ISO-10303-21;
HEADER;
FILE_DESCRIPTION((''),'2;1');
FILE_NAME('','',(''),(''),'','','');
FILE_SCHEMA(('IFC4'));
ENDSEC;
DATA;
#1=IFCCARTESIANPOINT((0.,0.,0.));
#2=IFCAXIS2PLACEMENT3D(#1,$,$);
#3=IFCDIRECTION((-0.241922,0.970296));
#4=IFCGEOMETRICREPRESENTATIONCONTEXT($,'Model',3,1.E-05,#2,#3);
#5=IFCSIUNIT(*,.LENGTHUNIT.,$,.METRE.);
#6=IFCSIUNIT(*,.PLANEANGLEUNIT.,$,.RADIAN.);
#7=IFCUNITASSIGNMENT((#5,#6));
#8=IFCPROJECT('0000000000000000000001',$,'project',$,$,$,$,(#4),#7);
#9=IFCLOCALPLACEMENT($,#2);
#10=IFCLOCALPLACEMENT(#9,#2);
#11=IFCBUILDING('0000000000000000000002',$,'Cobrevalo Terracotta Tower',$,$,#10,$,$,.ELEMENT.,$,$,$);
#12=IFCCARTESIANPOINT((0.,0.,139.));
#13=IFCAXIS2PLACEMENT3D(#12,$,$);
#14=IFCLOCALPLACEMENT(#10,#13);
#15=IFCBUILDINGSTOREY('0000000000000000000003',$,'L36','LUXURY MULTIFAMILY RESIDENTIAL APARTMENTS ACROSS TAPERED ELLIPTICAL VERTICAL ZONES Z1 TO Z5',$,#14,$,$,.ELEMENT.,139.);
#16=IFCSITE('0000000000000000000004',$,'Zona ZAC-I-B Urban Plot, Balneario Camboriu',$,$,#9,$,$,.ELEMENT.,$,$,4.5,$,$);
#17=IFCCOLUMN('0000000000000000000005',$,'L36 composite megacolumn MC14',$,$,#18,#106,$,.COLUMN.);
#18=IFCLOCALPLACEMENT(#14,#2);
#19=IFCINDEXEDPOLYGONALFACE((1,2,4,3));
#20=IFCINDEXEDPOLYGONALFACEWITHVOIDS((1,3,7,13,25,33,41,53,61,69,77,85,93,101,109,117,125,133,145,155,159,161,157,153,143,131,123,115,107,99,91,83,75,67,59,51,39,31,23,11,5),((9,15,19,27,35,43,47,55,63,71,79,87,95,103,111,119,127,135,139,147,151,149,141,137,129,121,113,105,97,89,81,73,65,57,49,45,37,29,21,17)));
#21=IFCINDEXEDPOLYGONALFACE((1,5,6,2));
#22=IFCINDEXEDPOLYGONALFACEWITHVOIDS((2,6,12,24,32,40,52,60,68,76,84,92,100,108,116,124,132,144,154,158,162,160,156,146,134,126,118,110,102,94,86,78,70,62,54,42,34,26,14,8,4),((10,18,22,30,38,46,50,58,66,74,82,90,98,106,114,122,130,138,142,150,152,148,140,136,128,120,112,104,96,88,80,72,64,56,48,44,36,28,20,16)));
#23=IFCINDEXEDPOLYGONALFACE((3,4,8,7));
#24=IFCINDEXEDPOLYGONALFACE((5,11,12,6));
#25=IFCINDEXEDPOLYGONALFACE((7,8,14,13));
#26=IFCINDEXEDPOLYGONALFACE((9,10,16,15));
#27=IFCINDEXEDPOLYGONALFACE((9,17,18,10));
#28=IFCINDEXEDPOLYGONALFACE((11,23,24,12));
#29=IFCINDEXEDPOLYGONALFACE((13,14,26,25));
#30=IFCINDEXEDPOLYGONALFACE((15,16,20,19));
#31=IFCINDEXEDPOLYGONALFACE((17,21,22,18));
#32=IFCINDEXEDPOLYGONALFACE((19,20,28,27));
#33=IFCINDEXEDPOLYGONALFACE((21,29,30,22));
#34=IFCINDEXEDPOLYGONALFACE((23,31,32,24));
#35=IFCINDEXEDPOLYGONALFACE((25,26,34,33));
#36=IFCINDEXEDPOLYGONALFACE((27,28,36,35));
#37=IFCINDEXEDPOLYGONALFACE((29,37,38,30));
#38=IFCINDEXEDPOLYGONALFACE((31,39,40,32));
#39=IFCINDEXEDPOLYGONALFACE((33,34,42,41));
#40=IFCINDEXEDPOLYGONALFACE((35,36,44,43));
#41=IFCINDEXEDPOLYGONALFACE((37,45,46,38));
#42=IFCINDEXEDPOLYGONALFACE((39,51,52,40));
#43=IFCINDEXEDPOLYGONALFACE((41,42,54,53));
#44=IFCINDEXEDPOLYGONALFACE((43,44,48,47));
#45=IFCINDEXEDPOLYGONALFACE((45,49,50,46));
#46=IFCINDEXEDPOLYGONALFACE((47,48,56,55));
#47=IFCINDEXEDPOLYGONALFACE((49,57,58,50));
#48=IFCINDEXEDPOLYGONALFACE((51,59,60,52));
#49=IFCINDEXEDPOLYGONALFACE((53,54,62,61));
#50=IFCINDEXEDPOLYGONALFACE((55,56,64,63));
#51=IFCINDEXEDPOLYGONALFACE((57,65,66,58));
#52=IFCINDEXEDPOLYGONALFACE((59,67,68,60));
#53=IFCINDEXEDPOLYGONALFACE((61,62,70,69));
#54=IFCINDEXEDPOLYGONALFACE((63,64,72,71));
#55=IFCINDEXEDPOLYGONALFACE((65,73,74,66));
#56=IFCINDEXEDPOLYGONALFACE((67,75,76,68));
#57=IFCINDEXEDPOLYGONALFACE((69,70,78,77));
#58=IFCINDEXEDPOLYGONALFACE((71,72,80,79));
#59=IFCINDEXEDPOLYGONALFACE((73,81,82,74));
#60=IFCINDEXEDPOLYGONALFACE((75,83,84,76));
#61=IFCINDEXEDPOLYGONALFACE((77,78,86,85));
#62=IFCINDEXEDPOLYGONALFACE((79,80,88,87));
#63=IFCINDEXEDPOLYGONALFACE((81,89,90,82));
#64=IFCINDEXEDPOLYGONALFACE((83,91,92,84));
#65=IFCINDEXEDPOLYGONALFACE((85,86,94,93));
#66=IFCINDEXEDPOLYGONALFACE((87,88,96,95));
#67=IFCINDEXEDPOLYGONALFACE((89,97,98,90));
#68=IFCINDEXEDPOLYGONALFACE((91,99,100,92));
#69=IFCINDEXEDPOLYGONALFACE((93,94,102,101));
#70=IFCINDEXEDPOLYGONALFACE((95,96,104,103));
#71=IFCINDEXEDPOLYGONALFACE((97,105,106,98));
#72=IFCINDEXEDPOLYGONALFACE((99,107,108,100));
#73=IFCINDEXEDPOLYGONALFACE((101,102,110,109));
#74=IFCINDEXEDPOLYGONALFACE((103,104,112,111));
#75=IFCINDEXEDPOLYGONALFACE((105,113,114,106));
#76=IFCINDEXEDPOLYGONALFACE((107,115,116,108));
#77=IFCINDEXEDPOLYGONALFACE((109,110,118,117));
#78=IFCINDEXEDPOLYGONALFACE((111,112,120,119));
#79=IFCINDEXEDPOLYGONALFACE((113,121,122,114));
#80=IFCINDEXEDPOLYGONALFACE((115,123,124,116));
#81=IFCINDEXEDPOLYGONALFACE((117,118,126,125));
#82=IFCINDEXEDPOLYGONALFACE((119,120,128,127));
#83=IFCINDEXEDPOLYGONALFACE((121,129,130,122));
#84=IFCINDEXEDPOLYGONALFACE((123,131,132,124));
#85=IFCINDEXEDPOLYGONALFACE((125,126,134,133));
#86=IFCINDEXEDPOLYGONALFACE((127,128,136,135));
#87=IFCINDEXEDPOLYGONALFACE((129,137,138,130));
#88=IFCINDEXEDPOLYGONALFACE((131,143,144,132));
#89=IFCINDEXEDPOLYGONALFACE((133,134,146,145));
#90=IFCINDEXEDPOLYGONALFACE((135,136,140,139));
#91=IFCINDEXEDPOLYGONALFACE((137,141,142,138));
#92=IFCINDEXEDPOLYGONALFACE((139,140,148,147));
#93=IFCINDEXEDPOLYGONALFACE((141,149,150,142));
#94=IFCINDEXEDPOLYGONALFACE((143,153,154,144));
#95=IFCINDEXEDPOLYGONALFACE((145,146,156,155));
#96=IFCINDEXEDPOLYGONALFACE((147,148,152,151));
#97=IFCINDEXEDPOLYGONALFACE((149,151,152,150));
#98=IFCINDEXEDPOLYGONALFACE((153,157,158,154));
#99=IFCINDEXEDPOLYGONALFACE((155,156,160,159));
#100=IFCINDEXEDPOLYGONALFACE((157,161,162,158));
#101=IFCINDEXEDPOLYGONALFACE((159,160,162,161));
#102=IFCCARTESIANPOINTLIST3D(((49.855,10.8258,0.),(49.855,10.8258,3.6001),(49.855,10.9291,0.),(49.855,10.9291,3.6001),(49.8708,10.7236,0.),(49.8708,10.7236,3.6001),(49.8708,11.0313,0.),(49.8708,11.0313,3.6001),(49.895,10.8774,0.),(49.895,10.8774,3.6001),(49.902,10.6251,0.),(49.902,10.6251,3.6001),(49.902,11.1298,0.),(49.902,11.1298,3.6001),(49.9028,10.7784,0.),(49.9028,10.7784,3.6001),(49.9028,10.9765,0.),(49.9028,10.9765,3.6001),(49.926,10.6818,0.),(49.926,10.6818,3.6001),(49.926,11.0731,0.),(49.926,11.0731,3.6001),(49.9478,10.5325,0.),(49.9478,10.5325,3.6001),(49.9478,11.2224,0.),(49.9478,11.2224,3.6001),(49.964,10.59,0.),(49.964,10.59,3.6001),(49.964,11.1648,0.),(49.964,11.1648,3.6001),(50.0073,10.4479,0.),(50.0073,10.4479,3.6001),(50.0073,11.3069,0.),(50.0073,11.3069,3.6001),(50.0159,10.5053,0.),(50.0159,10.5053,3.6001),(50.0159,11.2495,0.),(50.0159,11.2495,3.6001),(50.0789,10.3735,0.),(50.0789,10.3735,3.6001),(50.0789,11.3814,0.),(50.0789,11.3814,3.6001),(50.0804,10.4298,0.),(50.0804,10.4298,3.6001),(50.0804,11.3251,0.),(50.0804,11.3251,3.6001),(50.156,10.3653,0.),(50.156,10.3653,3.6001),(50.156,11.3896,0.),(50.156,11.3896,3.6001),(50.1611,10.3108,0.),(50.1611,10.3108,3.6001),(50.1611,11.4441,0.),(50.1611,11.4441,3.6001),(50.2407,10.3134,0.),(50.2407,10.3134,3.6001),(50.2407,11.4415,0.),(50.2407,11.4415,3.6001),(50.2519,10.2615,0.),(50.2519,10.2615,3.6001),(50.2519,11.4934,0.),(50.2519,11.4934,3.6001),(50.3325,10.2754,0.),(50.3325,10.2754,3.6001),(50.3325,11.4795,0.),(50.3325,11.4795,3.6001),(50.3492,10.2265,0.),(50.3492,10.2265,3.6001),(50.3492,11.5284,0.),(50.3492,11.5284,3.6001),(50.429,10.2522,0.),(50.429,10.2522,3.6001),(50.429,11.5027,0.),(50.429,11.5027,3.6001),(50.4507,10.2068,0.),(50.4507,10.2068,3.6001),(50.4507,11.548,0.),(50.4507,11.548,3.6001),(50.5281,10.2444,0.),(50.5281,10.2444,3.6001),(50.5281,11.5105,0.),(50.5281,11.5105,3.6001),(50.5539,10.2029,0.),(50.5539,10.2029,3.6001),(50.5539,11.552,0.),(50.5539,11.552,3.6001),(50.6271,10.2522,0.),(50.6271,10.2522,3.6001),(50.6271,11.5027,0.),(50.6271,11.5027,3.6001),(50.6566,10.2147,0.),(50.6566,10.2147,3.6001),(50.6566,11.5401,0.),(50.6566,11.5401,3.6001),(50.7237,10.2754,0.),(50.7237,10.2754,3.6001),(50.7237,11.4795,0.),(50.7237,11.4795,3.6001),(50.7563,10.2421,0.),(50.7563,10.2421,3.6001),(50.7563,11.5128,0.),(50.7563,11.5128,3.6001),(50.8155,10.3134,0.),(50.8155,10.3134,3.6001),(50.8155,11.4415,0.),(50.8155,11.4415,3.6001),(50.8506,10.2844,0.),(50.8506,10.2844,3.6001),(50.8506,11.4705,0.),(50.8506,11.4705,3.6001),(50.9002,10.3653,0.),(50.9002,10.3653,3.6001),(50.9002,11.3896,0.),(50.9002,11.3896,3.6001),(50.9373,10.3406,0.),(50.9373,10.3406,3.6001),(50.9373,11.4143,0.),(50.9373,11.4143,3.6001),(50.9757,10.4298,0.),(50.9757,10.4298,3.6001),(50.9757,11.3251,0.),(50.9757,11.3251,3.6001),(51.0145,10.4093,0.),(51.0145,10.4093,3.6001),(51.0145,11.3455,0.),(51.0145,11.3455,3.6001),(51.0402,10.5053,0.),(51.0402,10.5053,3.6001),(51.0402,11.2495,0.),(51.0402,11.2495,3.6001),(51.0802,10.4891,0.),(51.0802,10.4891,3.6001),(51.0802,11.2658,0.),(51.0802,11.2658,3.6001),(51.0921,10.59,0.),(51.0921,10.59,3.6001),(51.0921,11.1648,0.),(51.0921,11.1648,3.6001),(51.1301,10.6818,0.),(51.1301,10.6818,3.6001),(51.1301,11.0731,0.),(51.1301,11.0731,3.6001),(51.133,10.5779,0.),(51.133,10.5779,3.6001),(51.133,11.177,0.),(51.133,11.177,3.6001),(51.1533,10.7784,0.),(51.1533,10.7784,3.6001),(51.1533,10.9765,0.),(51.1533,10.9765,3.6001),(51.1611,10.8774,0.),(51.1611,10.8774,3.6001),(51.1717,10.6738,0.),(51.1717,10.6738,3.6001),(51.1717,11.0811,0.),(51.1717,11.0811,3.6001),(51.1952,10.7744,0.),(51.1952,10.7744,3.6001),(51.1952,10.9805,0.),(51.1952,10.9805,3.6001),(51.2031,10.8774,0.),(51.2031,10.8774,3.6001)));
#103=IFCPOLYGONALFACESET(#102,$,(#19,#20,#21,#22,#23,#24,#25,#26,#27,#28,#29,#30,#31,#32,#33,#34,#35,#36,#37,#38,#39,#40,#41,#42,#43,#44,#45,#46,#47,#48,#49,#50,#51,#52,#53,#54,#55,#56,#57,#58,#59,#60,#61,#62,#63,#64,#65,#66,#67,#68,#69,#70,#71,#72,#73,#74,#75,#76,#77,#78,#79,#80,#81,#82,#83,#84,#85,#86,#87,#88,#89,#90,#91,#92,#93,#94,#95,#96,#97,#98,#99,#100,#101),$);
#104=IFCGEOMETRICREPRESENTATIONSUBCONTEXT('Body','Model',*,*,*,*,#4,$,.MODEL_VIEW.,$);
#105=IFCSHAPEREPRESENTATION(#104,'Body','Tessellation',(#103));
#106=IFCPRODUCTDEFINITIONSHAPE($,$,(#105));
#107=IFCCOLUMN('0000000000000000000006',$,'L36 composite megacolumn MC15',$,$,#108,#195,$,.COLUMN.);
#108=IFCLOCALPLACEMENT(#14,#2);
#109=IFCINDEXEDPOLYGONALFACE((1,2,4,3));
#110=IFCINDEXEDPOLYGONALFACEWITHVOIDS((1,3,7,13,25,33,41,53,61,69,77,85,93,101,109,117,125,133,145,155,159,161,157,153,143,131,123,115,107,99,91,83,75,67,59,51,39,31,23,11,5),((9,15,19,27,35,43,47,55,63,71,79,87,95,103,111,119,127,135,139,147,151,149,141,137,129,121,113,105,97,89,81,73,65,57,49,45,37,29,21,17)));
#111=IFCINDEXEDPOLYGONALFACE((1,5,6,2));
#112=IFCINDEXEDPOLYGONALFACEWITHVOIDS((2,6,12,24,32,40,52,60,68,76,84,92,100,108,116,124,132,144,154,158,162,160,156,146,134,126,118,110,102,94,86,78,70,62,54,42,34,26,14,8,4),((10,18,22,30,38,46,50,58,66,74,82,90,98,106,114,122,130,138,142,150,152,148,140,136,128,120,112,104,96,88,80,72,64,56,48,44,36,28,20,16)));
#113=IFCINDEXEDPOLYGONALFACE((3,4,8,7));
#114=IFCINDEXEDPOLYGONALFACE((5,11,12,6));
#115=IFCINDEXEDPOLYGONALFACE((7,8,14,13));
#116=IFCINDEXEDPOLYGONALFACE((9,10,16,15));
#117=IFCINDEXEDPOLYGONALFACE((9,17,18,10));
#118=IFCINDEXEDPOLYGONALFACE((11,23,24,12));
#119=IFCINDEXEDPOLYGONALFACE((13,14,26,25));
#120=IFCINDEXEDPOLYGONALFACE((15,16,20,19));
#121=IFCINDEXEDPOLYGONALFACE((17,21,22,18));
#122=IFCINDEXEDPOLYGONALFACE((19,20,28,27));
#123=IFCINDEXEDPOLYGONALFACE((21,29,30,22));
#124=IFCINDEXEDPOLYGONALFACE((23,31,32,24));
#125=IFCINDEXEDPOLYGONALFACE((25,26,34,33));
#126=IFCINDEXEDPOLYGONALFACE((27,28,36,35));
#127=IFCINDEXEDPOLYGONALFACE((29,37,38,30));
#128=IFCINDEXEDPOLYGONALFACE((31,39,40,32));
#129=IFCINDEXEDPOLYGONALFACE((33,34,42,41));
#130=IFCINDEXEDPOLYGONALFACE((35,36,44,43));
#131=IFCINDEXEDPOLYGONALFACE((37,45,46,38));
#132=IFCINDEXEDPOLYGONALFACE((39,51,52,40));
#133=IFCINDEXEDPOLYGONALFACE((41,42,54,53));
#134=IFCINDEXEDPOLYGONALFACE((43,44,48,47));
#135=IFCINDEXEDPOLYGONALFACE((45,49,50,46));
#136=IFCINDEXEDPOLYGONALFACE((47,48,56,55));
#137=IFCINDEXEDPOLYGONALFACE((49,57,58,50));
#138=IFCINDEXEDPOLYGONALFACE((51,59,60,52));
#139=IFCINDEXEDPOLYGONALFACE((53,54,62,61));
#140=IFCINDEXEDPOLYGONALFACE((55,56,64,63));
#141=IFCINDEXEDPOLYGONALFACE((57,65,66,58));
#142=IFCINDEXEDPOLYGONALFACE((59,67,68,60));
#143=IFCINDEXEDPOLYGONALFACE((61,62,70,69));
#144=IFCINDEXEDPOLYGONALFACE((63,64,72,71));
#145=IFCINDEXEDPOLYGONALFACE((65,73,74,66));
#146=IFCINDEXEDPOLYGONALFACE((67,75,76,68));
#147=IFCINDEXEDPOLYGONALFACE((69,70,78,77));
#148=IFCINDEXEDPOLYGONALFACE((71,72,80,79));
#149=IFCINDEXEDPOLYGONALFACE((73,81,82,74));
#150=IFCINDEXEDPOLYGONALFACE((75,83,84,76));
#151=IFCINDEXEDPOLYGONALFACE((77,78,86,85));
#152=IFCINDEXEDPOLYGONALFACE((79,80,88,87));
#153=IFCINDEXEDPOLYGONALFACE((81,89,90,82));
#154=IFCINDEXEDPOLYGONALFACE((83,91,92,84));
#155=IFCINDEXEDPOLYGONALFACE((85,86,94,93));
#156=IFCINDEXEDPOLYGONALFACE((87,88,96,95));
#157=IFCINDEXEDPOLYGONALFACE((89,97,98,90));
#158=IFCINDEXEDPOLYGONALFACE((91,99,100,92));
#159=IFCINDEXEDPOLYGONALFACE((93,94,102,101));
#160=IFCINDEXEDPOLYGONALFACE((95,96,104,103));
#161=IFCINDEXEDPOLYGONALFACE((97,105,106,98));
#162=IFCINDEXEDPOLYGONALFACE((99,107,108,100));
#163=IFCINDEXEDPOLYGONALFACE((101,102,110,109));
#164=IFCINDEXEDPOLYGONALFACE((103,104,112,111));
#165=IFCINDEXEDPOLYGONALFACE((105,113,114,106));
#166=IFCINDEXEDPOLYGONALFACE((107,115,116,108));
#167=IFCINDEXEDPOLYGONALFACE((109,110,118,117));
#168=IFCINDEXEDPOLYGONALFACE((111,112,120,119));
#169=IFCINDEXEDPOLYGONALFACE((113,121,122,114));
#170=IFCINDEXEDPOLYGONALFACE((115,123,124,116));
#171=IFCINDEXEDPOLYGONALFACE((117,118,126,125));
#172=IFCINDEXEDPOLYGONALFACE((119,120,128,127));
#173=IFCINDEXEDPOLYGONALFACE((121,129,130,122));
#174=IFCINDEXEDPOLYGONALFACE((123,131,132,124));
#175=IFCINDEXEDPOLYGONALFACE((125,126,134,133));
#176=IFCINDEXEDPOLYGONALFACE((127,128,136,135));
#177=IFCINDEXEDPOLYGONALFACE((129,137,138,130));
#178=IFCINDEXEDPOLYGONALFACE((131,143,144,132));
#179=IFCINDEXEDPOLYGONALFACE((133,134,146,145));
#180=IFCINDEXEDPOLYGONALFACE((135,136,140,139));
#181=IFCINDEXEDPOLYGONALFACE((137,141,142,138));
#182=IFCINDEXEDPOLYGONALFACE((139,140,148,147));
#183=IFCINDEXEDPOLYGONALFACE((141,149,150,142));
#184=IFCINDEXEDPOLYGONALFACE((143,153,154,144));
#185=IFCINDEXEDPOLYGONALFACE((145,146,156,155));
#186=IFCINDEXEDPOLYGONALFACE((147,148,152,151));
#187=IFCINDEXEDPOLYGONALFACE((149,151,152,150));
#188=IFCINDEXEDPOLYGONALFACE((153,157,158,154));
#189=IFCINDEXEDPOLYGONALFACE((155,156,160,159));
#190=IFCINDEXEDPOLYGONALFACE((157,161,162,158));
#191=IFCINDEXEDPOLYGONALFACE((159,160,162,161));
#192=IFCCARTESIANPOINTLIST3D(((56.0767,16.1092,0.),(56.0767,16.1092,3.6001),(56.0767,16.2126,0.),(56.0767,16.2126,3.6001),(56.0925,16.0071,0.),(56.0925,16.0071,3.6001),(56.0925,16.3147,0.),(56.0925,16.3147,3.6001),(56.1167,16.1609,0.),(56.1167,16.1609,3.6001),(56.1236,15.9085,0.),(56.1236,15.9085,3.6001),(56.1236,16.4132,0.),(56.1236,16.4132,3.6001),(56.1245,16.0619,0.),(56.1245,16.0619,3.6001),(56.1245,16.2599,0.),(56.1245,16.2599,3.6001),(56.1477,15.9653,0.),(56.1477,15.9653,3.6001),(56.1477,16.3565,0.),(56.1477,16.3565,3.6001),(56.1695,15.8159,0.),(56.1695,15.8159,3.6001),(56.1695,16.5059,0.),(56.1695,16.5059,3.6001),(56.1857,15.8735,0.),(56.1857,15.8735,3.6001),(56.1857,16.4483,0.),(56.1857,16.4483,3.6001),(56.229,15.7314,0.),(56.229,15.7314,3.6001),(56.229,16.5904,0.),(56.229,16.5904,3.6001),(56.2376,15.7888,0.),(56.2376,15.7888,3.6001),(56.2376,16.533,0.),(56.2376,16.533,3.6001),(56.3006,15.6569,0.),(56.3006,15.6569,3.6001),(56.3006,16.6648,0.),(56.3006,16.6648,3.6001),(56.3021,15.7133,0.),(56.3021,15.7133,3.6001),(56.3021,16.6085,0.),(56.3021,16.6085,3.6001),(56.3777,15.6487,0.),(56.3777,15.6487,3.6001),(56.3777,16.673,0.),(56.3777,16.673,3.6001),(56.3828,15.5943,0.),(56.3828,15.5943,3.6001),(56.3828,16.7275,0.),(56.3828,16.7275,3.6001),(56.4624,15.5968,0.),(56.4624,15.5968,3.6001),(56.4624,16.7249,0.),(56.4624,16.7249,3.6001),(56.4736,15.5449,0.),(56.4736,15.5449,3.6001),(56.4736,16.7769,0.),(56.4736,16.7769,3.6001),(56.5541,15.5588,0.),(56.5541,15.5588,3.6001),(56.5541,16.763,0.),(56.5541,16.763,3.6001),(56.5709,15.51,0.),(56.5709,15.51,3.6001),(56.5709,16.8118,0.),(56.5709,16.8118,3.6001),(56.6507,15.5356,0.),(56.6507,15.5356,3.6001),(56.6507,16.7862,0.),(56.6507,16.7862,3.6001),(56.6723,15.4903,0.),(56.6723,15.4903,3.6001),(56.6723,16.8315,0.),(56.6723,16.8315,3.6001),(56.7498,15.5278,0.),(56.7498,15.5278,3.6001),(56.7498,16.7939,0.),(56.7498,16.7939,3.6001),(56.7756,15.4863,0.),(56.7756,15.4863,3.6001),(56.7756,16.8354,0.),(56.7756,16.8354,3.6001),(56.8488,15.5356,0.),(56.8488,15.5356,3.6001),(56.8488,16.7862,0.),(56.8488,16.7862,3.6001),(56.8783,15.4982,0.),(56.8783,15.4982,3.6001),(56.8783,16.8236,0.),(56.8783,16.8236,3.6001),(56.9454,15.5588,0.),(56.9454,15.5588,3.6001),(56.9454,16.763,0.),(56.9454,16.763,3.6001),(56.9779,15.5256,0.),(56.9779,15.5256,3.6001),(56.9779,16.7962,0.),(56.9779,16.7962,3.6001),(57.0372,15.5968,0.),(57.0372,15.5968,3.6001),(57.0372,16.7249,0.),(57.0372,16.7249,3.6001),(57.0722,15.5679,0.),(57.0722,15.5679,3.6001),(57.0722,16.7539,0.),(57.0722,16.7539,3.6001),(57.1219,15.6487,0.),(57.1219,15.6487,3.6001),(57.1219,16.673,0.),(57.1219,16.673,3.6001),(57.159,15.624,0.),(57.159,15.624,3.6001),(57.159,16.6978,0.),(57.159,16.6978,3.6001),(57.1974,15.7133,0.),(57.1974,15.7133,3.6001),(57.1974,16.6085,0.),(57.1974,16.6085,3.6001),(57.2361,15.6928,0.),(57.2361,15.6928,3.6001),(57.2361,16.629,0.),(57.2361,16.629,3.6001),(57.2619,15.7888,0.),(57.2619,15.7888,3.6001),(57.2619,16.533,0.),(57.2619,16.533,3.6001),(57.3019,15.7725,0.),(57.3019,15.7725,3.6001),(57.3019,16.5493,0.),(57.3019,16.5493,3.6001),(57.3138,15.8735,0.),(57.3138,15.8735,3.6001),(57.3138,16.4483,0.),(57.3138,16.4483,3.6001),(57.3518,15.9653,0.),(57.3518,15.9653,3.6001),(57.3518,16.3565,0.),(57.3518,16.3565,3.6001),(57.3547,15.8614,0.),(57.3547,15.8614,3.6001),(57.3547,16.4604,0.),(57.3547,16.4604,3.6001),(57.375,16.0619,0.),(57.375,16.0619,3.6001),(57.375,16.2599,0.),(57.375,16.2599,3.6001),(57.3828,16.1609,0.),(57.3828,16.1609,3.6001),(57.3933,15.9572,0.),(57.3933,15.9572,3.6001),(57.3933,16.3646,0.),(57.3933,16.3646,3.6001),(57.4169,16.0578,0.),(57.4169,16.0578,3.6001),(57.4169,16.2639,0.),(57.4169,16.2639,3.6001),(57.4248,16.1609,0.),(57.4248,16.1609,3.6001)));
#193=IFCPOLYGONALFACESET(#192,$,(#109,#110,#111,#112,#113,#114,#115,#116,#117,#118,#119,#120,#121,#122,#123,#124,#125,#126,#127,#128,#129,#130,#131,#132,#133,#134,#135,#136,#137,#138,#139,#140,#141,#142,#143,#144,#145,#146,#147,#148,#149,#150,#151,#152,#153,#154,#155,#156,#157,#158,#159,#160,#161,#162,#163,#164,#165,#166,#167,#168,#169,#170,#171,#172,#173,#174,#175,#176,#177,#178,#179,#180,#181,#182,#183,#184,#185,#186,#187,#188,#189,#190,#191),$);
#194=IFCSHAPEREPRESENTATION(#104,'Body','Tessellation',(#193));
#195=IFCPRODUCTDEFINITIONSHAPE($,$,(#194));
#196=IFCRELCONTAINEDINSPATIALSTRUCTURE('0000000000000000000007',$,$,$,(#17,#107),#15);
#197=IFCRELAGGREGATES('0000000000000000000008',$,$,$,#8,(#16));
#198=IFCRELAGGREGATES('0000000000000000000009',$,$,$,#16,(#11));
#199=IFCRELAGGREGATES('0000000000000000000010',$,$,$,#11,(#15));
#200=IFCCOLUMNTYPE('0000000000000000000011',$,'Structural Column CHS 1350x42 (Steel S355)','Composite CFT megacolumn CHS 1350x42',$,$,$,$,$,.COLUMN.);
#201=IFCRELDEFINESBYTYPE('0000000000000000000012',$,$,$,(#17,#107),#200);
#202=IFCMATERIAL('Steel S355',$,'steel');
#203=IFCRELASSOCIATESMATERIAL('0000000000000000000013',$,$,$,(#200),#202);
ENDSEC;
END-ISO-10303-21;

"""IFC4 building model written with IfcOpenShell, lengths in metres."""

from ifc_helpers import new_model, si_unit, direction, frame, origin, origin_2d, place, context, subcontext, project, spatial, hollow_circle, extrude, material, material_profile, profile_set, type_object, element, save


model = new_model("IFC4")

# Units and contexts
model_context = context("Model", 3, precision=1e-05, world=origin(), true_north=direction((-0.241922, 0.970296)))
body_context = subcontext(model_context, "Body", "Model", "MODEL_VIEW")
ifc_project = project(units=[si_unit("LENGTHUNIT", "METRE"), si_unit("PLANEANGLEUNIT", "RADIAN")], contexts=[model_context])

# Site, building, storey
site_placement = place(None, origin())
site = spatial("IfcSite", under=ifc_project, at=site_placement, Name="Zona ZAC-I-B Urban Plot, Balneario Camboriu", CompositionType="ELEMENT", RefElevation=4.5)
building_placement = place(site_placement, origin())
building = spatial("IfcBuilding", under=site, at=building_placement, Name="Cobrevalo Terracotta Tower", CompositionType="ELEMENT")
storey_placement = place(building_placement, frame((0.0, 0.0, 139.0)))
storey = spatial("IfcBuildingStorey", under=building, at=storey_placement, Name="L36", Description="LUXURY MULTIFAMILY RESIDENTIAL APARTMENTS ACROSS TAPERED ELLIPTICAL VERTICAL ZONES Z1 TO Z5", CompositionType="ELEMENT", Elevation=139.0)

# Columns
ifc_material_1 = material(Name="Steel S355", Category="steel")
ifc_material_profile_1 = material_profile(ifc_material_1, hollow_circle(Radius=0.675, WallThickness=0.042, at=origin_2d()), Name="CHS 1350x42")
ifc_profile_set_1 = profile_set([ifc_material_profile_1], Name="Steel S355")
column_type = type_object("IfcColumnType", Name="Structural Column CHS 1350x42 (Steel S355)", Description="Composite CFT megacolumn CHS 1350x42", PredefinedType="COLUMN", material=ifc_profile_set_1)
for number, where, z_axis, x_axis, name in (
    (1, (50.5281, 10.8774, 0.0), (0.0, 0.0, 1.0), (1.0, 0.0, 0.0), "L36 composite megacolumn MC14"),
    (2, (56.7498, 16.1609, 0.0), (0.0, 0.0, 1.0), (1.0, 0.0, 0.0), "L36 composite megacolumn MC15"),
):
    element("IfcColumn", number, at=place(storey_placement, frame(where, z_axis=z_axis, x_axis=x_axis)), inside=storey, type_object=column_type, Name=name, PredefinedType="COLUMN", context=body_context, shape_type="SweptSolid", body=[
        extrude(hollow_circle(Radius=0.675, WallThickness=0.042, at=origin_2d()), origin(), (0.0, 0.0, 1.0), 3.6001),
    ])

save(model, "model.ifc")
